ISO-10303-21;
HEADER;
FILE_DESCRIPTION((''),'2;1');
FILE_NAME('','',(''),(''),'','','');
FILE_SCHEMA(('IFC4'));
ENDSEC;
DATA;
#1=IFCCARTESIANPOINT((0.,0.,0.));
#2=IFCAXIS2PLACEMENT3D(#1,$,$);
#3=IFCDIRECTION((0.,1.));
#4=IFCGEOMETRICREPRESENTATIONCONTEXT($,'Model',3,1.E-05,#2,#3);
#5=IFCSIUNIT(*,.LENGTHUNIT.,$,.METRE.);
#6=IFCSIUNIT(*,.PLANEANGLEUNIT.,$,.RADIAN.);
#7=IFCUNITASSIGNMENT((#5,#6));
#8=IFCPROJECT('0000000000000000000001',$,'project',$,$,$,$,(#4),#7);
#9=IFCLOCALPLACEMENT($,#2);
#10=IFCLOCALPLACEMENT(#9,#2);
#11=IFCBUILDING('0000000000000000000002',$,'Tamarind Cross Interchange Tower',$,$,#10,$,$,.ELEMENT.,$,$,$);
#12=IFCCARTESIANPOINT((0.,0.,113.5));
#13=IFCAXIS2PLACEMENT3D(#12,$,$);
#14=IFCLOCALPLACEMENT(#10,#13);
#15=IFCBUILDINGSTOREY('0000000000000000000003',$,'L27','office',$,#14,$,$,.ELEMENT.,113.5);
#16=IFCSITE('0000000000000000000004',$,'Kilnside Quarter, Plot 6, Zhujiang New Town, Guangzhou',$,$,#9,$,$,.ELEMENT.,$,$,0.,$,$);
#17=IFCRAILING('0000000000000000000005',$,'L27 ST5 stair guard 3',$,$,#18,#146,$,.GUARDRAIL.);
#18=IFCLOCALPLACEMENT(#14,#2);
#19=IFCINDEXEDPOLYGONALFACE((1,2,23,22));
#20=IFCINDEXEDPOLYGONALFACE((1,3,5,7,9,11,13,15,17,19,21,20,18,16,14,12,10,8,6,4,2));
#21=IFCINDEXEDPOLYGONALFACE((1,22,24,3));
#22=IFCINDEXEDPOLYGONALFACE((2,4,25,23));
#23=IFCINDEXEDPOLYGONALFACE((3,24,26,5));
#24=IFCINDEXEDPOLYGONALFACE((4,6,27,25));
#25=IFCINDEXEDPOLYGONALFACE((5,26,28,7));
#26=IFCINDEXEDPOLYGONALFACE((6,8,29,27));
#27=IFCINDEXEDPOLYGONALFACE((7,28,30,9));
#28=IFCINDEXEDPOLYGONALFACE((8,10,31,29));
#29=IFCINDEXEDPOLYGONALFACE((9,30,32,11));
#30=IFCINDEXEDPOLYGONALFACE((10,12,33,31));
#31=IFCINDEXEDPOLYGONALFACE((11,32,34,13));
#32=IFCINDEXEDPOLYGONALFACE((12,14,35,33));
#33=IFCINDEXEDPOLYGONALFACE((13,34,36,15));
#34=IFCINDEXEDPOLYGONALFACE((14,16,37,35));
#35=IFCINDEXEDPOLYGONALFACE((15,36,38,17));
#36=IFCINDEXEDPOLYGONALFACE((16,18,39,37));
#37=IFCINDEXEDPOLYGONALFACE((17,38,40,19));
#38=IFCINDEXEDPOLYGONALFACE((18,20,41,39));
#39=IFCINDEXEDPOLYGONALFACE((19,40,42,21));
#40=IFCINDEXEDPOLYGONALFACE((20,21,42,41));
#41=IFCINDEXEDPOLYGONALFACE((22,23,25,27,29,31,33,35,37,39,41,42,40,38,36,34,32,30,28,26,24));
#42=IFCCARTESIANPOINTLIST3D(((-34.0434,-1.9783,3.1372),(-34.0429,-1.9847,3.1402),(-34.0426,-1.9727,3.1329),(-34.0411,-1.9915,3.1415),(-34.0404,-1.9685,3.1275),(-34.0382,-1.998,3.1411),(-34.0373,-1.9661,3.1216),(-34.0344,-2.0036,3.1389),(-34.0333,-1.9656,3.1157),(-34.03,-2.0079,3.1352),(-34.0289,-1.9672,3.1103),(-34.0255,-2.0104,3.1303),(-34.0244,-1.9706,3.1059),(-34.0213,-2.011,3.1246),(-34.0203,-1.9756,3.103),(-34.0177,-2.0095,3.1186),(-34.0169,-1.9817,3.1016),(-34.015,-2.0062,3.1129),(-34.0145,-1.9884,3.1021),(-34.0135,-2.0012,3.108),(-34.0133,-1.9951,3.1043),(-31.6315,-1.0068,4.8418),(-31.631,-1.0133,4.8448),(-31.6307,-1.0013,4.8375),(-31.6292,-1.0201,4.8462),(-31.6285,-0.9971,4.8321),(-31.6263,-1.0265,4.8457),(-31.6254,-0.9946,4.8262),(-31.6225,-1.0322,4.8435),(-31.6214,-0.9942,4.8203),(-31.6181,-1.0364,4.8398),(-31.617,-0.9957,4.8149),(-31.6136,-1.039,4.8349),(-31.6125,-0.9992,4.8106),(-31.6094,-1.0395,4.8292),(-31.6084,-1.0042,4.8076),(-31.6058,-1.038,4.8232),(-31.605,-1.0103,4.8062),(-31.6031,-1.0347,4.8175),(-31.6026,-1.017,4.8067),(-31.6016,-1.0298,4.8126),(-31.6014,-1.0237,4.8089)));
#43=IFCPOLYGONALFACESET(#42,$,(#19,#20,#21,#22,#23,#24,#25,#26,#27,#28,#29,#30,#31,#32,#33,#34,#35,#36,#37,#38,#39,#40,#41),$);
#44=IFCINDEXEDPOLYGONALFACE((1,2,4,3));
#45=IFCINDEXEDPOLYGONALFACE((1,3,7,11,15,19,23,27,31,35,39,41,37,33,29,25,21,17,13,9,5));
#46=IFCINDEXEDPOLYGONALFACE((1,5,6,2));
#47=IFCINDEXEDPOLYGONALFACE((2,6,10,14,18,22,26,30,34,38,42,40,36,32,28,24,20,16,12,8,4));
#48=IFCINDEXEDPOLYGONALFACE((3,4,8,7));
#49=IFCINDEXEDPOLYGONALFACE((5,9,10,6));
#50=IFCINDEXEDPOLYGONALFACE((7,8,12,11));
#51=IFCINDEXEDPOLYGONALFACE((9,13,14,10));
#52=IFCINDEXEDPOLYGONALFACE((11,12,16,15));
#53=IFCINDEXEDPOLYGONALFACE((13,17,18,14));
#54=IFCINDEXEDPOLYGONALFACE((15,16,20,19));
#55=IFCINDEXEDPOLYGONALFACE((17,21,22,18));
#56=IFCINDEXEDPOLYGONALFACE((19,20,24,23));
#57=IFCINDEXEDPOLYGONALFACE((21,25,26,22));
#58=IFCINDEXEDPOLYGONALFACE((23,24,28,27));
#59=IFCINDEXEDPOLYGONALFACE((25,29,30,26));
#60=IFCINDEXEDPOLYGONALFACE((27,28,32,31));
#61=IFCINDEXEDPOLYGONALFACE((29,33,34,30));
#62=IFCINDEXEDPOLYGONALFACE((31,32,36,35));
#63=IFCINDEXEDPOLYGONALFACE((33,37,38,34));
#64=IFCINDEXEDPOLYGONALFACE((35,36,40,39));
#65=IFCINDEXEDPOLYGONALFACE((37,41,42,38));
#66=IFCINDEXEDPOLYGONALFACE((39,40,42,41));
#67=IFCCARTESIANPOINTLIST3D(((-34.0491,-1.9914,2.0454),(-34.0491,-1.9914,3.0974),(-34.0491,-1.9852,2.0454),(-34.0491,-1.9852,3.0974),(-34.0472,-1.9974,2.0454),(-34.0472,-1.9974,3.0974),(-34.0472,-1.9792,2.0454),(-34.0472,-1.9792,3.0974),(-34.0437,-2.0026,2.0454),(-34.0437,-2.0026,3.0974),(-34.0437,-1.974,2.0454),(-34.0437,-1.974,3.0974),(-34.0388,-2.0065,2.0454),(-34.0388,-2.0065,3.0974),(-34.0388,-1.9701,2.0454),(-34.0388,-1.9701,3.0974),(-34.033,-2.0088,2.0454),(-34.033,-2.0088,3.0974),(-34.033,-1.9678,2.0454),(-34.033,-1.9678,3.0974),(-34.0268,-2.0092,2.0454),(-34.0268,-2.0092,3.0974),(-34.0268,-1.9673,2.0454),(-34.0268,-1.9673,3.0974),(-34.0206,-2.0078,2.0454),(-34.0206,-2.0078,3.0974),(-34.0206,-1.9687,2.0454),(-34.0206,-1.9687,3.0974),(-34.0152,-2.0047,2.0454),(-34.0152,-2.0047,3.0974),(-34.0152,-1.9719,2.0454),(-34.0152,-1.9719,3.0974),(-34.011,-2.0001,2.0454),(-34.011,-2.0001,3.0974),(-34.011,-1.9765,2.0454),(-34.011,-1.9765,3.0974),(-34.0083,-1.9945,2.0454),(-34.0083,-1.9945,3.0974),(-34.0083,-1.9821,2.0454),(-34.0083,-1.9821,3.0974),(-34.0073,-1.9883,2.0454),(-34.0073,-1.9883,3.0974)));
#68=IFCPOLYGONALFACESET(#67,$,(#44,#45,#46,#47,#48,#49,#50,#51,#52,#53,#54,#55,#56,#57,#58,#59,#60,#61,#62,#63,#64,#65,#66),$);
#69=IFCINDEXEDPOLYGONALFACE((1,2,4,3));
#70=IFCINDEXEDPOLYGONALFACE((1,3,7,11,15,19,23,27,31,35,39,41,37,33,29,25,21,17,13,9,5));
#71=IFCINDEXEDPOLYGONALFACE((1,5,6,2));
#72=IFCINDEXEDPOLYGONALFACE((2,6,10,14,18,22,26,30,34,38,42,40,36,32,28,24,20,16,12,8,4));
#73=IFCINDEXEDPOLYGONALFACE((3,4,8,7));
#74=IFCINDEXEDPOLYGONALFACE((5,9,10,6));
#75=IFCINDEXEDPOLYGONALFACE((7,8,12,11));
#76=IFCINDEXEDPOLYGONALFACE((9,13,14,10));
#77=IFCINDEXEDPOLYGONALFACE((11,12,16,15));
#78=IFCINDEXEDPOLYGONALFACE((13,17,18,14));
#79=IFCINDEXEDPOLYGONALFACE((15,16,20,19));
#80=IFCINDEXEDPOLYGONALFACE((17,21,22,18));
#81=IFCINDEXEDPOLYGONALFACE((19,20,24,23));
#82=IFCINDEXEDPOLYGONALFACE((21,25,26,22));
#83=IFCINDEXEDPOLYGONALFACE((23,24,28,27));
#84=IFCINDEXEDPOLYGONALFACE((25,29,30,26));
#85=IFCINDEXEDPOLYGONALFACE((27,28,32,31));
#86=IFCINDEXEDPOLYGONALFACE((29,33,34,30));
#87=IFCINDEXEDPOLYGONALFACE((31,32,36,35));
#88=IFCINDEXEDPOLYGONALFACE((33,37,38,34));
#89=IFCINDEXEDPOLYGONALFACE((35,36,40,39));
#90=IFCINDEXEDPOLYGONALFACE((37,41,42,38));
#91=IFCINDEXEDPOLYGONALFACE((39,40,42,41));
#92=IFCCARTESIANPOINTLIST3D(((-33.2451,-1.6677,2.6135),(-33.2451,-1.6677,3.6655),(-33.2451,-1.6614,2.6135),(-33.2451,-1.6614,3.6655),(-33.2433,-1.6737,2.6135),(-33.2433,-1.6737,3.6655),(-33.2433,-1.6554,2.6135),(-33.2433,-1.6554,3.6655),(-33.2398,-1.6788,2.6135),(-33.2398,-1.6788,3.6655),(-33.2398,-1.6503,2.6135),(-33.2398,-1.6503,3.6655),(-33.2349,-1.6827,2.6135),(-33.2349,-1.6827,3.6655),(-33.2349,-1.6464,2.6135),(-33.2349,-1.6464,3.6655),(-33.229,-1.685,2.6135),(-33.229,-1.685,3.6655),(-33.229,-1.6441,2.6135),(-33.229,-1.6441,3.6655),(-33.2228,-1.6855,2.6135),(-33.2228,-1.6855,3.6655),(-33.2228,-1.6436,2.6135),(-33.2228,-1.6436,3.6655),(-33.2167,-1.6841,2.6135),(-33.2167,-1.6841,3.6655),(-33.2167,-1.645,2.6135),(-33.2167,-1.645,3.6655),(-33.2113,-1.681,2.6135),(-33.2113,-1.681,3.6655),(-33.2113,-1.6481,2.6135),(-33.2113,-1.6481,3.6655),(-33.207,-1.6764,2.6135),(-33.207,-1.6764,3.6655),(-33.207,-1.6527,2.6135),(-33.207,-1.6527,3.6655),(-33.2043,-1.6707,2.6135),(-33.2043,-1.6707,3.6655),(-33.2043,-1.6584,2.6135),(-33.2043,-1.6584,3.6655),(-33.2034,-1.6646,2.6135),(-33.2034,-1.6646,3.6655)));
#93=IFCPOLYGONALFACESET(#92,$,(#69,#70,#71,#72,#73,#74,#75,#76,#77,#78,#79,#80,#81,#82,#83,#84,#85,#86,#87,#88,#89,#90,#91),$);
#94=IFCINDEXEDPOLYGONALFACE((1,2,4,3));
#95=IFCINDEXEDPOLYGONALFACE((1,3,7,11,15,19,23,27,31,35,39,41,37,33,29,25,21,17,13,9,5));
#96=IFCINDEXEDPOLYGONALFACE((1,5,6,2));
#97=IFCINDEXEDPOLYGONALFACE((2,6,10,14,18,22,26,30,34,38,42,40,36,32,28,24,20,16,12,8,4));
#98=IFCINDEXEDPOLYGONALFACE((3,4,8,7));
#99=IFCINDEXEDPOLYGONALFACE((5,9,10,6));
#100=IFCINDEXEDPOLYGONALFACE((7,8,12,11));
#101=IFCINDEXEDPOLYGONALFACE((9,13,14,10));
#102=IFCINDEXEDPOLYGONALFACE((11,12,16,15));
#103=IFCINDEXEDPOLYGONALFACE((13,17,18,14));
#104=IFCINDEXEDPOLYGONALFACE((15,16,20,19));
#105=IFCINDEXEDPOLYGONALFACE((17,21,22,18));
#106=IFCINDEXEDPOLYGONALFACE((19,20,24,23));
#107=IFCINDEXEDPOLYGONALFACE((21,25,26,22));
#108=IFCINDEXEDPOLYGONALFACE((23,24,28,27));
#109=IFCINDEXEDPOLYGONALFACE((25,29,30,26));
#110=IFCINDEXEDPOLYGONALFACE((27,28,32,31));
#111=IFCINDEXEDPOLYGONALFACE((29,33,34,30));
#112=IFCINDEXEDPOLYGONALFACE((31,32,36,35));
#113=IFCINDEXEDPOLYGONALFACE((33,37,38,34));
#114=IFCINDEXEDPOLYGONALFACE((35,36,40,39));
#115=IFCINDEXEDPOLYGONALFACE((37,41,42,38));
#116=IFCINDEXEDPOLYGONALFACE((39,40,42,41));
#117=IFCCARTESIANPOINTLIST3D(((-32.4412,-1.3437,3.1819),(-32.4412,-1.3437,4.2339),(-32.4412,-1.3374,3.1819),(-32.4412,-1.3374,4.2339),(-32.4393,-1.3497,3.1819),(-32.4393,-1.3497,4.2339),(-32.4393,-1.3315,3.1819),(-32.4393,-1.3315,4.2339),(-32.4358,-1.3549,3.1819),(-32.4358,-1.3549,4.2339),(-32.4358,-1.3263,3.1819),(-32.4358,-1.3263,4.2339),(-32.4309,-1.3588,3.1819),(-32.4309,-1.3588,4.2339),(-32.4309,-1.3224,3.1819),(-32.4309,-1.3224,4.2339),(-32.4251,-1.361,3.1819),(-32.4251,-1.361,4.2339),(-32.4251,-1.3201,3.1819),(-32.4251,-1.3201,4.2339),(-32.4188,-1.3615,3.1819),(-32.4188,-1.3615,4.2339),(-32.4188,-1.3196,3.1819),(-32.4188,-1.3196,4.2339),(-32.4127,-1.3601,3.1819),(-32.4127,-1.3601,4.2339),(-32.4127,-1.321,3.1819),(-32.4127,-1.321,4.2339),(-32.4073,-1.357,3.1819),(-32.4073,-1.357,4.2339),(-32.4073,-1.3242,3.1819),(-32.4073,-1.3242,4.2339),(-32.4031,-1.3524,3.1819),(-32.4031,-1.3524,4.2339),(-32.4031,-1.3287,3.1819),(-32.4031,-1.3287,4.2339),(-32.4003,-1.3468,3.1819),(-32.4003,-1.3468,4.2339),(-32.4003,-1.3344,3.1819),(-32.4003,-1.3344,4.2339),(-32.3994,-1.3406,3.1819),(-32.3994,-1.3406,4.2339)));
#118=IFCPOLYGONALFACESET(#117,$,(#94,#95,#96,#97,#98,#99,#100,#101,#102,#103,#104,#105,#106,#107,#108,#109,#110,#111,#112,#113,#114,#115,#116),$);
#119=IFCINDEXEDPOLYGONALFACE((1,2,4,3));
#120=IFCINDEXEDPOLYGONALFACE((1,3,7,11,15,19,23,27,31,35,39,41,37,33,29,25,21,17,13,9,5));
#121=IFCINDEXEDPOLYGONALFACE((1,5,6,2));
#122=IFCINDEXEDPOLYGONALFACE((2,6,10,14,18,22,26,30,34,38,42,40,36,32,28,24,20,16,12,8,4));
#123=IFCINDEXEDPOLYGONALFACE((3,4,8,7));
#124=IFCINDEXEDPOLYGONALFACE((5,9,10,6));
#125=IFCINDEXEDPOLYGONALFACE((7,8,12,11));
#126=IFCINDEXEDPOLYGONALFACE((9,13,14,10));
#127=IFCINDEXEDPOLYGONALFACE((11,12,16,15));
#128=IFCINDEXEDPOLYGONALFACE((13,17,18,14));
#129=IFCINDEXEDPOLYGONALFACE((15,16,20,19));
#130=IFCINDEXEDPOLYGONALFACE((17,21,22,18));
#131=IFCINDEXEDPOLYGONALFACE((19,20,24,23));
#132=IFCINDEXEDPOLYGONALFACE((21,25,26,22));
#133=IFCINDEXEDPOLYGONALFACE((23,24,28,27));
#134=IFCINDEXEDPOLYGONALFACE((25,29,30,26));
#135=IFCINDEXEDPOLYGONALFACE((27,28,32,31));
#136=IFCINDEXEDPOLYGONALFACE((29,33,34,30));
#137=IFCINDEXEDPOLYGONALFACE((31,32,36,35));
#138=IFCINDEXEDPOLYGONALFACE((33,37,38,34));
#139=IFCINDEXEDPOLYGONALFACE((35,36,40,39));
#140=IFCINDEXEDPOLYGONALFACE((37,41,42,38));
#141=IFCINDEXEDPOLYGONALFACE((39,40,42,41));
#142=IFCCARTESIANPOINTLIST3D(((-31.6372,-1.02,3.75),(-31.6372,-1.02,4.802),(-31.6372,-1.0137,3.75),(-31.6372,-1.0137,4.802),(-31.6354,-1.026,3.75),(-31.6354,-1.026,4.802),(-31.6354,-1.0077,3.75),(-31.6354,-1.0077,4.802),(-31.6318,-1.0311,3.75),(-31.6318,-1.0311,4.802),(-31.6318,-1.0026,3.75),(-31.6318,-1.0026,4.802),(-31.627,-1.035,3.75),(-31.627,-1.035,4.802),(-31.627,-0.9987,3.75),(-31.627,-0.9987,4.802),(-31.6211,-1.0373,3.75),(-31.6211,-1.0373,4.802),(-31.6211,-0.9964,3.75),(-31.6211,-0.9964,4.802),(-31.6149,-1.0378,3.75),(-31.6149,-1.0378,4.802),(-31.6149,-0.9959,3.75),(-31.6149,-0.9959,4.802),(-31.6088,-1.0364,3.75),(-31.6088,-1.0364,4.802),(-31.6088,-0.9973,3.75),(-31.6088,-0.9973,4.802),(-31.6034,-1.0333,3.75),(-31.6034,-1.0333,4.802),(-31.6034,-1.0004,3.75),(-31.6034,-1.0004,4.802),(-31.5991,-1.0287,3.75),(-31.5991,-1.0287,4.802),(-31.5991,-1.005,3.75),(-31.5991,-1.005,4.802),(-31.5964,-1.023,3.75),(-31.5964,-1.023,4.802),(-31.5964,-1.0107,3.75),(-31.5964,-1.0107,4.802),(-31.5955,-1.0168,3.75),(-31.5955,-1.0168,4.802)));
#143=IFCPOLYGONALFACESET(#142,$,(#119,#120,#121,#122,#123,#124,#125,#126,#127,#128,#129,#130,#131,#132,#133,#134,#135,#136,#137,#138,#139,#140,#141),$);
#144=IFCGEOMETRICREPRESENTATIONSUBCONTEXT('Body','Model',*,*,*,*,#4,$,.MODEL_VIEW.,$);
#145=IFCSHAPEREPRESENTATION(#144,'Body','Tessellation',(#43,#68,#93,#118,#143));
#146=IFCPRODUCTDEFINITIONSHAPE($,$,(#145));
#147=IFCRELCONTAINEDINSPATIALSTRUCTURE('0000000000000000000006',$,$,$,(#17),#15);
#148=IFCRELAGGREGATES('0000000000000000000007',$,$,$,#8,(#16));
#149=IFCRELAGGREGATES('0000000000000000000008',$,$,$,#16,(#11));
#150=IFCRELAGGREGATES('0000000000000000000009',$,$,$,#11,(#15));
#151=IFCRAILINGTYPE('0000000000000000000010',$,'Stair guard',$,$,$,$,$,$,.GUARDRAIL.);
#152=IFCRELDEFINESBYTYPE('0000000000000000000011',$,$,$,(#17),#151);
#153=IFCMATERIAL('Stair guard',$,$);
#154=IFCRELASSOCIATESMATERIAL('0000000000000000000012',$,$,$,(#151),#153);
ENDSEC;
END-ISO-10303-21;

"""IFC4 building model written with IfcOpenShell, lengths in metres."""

from ifc_helpers import new_model, si_unit, direction, frame, origin, origin_2d, place, context, subcontext, project, spatial, circle, extrude, material, type_object, element, save


model = new_model("IFC4")

# Units and contexts
model_context = context("Model", 3, precision=1e-05, world=origin(), true_north=direction((0.0, 1.0)))
body_context = subcontext(model_context, "Body", "Model", "MODEL_VIEW")
ifc_project = project(units=[si_unit("LENGTHUNIT", "METRE"), si_unit("PLANEANGLEUNIT", "RADIAN")], contexts=[model_context])

# Site, building, storey
site_placement = place(None, origin())
site = spatial("IfcSite", under=ifc_project, at=site_placement, Name="Kilnside Quarter, Plot 6, Zhujiang New Town, Guangzhou", CompositionType="ELEMENT", RefElevation=0.0)
building_placement = place(site_placement, origin())
building = spatial("IfcBuilding", under=site, at=building_placement, Name="Tamarind Cross Interchange Tower", CompositionType="ELEMENT")
storey_placement = place(building_placement, frame((0.0, 0.0, 113.5)))
storey = spatial("IfcBuildingStorey", under=building, at=storey_placement, Name="L27", Description="office", CompositionType="ELEMENT", Elevation=113.5)

# Railing
ifc_material_1 = material(Name="Stair guard")
railing_type_1 = type_object("IfcRailingType", Name="Stair guard", PredefinedType="GUARDRAIL", material=ifc_material_1)
railing_1_placement = place(storey_placement, frame((-34.0283, -1.9883, 2.0454)))
element("IfcRailing", 1, at=railing_1_placement, inside=storey, type_object=railing_type_1, Name="L27 ST5 stair guard 3", PredefinedType="GUARDRAIL", context=body_context, shape_type="SweptSolid", body=[
    extrude(circle(Radius=0.0239, at=origin_2d()), frame((0.0, 0.0, 1.0762), z_axis=(0.775748, 0.312451, 0.548261), x_axis=(-0.373607, 0.927587, 0.0)), (0.0, 0.0, 1.0), 3.1091),
    extrude(circle(Radius=0.021, at=origin_2d()), origin(), (0.0, 0.0, 1.0), 1.052),
    extrude(circle(Radius=0.021, at=origin_2d()), frame((0.804, 0.3237, 0.5681)), (0.0, 0.0, 1.0), 1.052),
    extrude(circle(Radius=0.021, at=origin_2d()), frame((1.6079, 0.6477, 1.1365)), (0.0, 0.0, 1.0), 1.052),
    extrude(circle(Radius=0.021, at=origin_2d()), frame((2.4119, 0.9714, 1.7046)), (0.0, 0.0, 1.0), 1.052),
])

save(model, "model.ifc")
